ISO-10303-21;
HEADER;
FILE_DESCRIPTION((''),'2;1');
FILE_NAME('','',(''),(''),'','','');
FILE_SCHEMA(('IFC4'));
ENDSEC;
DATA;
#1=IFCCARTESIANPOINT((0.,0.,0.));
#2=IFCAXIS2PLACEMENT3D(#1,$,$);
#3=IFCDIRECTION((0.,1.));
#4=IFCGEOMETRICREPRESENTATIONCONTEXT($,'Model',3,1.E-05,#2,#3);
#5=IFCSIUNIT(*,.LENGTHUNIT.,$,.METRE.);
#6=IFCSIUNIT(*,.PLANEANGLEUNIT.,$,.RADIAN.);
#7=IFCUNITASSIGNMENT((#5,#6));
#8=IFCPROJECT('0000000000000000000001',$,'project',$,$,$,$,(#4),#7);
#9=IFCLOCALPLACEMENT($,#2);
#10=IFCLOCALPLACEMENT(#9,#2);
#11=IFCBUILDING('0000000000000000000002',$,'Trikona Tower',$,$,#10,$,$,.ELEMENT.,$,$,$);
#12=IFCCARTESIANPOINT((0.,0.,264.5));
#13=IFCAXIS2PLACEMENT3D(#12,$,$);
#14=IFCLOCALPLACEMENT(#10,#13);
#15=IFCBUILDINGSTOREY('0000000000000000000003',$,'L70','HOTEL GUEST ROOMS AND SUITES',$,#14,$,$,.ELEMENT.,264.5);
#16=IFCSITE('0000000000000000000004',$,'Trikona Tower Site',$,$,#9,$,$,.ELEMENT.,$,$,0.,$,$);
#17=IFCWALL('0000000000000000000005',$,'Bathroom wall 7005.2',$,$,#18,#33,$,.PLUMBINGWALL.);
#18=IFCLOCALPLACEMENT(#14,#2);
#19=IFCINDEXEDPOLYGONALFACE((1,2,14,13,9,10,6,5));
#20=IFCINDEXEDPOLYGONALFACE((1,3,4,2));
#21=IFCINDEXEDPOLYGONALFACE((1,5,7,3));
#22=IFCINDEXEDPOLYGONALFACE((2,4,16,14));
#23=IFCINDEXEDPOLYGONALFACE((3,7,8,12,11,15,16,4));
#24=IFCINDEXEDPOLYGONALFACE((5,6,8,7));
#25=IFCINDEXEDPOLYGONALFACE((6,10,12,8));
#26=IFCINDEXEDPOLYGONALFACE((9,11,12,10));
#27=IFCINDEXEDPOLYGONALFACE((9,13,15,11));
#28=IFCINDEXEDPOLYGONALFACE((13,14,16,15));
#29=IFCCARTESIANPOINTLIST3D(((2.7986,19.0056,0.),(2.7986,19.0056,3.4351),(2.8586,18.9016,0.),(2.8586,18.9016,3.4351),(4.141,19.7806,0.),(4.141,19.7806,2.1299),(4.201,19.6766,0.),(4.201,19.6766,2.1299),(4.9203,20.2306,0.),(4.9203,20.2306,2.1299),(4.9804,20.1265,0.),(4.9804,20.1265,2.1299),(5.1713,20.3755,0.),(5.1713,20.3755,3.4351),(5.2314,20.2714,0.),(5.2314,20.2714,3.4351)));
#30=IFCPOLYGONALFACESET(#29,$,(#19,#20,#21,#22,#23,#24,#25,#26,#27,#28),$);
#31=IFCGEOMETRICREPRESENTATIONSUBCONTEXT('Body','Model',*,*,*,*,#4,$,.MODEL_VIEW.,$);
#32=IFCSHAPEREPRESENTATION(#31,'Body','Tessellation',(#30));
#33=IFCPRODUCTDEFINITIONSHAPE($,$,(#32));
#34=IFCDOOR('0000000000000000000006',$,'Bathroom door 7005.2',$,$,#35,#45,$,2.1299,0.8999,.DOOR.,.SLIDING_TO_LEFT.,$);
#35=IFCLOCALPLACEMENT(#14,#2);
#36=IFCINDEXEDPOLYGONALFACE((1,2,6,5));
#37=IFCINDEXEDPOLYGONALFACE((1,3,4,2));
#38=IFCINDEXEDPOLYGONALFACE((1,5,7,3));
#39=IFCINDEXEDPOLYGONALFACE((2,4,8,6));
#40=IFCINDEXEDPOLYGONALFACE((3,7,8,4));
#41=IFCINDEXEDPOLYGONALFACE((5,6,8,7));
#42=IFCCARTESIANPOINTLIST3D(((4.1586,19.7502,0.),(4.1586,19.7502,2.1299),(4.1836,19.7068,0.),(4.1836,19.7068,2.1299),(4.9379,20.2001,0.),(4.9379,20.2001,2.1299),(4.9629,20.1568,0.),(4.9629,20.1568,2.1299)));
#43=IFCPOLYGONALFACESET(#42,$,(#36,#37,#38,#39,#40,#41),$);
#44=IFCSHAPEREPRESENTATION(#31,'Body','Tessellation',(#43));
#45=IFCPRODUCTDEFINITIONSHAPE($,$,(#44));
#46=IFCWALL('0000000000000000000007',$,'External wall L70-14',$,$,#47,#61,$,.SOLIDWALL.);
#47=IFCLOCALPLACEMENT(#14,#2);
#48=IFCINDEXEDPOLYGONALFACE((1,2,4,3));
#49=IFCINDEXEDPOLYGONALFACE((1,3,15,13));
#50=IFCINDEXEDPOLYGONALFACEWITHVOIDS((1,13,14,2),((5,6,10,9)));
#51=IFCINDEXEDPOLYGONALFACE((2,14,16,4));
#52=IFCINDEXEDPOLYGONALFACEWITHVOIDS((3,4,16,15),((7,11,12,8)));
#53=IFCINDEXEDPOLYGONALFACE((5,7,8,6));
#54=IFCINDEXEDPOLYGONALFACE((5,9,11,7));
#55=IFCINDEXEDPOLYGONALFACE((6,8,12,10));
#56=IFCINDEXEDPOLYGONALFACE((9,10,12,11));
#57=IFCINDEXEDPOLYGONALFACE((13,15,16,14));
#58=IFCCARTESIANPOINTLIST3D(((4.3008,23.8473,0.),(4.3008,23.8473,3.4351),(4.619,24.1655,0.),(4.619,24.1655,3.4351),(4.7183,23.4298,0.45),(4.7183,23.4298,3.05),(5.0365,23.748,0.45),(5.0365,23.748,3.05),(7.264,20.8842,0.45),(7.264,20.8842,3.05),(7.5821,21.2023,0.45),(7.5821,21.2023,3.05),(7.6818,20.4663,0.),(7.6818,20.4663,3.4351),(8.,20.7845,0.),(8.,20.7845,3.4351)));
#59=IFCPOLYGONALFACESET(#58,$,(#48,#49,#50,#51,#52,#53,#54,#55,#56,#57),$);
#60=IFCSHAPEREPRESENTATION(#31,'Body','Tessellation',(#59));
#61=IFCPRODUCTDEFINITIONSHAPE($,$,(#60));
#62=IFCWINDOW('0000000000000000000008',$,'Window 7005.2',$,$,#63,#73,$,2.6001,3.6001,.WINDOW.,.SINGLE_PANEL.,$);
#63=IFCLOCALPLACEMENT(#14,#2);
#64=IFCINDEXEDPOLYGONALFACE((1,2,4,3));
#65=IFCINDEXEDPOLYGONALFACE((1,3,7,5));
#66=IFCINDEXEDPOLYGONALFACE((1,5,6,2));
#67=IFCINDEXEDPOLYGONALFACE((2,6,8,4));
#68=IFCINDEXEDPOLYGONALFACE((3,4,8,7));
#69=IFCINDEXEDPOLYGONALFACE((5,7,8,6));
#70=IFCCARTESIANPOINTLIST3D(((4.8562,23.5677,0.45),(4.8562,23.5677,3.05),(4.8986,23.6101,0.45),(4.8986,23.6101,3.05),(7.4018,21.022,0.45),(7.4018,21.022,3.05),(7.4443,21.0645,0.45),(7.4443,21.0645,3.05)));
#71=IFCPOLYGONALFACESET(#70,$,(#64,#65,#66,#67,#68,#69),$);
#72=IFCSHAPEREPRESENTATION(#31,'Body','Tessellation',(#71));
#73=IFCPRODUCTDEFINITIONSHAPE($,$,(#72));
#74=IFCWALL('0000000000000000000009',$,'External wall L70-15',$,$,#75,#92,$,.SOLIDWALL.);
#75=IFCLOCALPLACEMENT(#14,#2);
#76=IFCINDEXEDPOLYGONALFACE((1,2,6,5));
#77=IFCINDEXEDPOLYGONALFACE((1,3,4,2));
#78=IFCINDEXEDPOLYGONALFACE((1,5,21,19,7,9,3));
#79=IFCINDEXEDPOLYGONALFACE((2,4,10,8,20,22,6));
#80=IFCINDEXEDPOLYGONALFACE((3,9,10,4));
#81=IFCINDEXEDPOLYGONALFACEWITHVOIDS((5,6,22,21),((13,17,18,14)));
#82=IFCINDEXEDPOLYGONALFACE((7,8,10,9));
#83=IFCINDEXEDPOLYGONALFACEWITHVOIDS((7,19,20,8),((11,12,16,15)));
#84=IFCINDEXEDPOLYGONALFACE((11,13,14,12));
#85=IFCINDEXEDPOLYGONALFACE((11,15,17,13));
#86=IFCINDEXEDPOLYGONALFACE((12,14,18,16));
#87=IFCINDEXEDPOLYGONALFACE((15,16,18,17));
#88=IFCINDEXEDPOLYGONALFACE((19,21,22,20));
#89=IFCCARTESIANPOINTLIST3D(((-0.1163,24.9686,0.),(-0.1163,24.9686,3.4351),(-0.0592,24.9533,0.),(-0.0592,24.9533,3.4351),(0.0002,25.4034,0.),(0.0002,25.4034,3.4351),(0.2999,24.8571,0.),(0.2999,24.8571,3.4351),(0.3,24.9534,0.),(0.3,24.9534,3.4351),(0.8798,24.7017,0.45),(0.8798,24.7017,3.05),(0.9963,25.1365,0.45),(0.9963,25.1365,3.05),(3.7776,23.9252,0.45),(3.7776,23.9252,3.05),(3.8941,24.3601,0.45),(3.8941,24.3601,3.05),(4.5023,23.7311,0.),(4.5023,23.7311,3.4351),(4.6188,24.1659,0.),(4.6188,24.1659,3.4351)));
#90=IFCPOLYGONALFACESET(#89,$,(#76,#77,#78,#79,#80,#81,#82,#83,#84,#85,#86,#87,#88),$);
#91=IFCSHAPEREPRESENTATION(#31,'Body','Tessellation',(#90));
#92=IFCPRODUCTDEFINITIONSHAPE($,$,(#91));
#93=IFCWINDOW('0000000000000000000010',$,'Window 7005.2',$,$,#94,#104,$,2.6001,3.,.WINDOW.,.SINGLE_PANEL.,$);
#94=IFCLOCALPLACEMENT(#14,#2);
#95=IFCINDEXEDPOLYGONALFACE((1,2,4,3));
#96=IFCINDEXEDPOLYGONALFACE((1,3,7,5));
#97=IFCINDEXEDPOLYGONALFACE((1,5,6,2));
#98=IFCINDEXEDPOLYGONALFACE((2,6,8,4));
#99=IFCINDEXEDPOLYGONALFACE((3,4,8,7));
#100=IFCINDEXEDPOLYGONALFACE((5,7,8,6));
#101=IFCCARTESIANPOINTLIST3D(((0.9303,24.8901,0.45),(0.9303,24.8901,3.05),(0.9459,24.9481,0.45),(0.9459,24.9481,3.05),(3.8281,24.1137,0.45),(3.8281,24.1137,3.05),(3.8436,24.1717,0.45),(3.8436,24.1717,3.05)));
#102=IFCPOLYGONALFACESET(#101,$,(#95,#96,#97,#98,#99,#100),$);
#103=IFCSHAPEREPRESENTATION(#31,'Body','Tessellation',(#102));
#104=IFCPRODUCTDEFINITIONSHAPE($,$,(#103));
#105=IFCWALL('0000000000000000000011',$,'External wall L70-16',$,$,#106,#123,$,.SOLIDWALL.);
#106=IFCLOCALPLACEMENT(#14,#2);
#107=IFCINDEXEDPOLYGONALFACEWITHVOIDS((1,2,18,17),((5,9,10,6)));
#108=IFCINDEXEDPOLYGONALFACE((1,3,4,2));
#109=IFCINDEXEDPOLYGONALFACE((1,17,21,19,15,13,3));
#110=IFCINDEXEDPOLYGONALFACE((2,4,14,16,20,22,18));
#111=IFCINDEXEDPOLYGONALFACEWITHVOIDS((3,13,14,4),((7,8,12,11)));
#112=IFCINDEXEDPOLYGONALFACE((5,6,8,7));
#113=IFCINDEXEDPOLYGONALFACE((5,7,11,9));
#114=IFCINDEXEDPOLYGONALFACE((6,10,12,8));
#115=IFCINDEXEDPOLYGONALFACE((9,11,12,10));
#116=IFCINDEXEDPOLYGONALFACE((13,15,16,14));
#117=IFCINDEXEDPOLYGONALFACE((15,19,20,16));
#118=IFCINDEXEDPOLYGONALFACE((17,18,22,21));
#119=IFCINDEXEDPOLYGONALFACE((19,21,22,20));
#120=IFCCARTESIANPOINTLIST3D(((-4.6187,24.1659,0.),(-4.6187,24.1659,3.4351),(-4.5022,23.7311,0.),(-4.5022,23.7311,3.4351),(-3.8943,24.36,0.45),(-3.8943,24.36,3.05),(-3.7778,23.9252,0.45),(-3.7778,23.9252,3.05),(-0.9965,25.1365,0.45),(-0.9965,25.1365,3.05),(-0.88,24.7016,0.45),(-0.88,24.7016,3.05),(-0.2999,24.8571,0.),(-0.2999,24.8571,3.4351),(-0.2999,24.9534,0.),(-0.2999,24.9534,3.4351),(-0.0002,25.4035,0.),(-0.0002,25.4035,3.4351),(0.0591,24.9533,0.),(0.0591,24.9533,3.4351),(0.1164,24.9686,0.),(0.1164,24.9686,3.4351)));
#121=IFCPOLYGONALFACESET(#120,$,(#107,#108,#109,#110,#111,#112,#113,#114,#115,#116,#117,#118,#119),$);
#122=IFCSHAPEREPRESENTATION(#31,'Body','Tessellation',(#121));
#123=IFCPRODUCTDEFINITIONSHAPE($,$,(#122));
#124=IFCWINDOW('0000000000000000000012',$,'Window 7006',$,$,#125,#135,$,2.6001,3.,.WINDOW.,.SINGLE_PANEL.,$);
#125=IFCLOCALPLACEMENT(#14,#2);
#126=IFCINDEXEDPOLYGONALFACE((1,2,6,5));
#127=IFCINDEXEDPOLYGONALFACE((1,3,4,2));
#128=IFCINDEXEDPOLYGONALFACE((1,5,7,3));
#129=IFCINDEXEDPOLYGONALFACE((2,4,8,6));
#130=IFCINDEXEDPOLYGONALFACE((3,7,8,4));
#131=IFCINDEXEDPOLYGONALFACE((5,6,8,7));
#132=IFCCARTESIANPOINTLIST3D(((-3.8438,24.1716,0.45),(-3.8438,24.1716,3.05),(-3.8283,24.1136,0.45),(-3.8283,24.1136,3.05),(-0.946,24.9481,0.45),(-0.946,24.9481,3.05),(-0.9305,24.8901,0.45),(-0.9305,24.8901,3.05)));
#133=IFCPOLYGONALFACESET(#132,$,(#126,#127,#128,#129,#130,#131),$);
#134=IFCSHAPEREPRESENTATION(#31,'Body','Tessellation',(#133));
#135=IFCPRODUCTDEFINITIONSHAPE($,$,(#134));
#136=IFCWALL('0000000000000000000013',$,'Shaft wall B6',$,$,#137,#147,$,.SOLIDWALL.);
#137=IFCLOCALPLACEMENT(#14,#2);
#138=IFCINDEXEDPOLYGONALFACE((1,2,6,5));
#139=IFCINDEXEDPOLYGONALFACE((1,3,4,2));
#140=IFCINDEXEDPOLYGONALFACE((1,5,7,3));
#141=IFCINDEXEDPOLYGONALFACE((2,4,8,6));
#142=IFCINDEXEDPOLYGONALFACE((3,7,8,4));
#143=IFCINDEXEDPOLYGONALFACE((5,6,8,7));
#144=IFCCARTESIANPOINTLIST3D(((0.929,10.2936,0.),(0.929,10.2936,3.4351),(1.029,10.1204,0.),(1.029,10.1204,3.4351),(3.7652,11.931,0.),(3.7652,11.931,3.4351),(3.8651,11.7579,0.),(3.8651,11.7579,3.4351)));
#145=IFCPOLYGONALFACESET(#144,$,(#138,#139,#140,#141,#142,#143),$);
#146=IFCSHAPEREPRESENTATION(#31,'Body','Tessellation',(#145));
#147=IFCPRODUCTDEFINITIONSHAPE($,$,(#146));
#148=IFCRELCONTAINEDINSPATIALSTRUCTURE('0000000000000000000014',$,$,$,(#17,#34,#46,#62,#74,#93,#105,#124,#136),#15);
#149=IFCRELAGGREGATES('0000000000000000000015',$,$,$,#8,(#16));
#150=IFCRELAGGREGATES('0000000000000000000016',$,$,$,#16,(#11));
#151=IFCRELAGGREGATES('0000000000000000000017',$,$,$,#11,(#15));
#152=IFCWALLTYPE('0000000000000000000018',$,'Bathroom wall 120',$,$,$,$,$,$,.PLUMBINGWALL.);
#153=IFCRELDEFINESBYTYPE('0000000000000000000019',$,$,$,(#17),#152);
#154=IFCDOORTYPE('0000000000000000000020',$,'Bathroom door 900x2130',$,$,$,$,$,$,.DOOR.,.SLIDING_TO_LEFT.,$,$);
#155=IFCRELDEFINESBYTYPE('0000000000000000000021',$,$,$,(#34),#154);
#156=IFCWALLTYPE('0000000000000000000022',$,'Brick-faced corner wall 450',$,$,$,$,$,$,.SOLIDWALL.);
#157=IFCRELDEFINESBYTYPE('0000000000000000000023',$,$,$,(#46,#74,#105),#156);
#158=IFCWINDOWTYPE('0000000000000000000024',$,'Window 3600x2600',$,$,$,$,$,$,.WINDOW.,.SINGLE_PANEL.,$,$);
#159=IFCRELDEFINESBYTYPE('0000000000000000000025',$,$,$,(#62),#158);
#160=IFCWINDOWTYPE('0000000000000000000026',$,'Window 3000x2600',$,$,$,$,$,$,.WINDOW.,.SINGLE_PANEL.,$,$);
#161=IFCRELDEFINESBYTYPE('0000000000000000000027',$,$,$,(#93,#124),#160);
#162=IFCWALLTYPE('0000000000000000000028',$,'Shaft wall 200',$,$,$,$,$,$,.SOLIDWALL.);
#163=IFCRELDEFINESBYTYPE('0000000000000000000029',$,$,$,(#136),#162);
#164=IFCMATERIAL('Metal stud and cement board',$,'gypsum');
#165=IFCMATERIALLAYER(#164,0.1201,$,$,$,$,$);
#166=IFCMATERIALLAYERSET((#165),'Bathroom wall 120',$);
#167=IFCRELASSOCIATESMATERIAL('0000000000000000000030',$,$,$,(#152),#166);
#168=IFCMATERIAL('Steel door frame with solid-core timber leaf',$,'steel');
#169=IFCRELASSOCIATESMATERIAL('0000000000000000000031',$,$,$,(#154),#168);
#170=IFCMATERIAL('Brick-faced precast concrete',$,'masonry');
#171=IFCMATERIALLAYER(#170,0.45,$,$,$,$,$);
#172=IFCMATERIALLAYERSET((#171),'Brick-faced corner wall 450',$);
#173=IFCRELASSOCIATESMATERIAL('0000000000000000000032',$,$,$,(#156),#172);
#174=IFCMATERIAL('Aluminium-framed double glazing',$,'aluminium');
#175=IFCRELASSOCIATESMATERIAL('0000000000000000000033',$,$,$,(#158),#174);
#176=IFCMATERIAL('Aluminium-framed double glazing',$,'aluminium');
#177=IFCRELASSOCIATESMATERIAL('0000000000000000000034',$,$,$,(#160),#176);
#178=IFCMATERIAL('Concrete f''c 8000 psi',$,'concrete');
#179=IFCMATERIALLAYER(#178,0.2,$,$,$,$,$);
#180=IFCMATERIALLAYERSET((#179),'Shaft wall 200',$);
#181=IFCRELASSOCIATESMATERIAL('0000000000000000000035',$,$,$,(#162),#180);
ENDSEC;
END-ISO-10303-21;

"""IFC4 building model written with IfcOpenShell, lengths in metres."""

from ifc_helpers import new_model, si_unit, direction, frame, frame_2d, origin, place, context, subcontext, project, spatial, polyline, rectangle, outline, extrude, material, layer, layer_set, type_object, element, fill, save


model = new_model("IFC4")

# Units and contexts
model_context = context("Model", 3, precision=1e-05, world=origin(), true_north=direction((0.0, 1.0)))
body_context = subcontext(model_context, "Body", "Model", "MODEL_VIEW")
ifc_project = project(units=[si_unit("LENGTHUNIT", "METRE"), si_unit("PLANEANGLEUNIT", "RADIAN")], contexts=[model_context])

# Site, building, storey
site_placement = place(None, origin())
site = spatial("IfcSite", under=ifc_project, at=site_placement, Name="Trikona Tower Site", CompositionType="ELEMENT", RefElevation=0.0)
building_placement = place(site_placement, origin())
building = spatial("IfcBuilding", under=site, at=building_placement, Name="Trikona Tower", CompositionType="ELEMENT")
storey_placement = place(building_placement, frame((0.0, 0.0, 264.5)))
storey = spatial("IfcBuildingStorey", under=building, at=storey_placement, Name="L70", Description="HOTEL GUEST ROOMS AND SUITES", CompositionType="ELEMENT", Elevation=264.5)

# Shared definitions
ifc_material_1 = material(Name="Metal stud and cement board", Category="gypsum")
ifc_layer_1 = layer(ifc_material_1, 0.1201)
ifc_layer_set_1 = layer_set([ifc_layer_1], Name="Bathroom wall 120")
wall_type_1 = type_object("IfcWallType", Name="Bathroom wall 120", PredefinedType="PLUMBINGWALL", material=ifc_layer_set_1)

# Wall, opening, door
wall_1_placement = place(storey_placement, frame((2.8286, 18.9536, 0.0), z_axis=(0.0, 0.0, 1.0), x_axis=(0.866036, 0.499982, 0.0)))
wall_1 = element("IfcWall", 1, at=wall_1_placement, inside=storey, type_object=wall_type_1, Name="Bathroom wall 7005.2", PredefinedType="PLUMBINGWALL", context=body_context, shape_type="SweptSolid", body=[
    extrude(rectangle(XDim=2.7397, YDim=0.1201, at=frame_2d((1.3699, 0.0))), origin(), (0.0, 0.0, 1.0), 3.4351),
])
opening_1_placement = place(wall_1_placement, frame((1.55, 0.0, 0.0)))
opening_1 = element("IfcOpeningElement", 2, at=opening_1_placement, cuts=wall_1, PredefinedType="OPENING", context=body_context, shape_type="SweptSolid", body=[
    extrude(rectangle(XDim=0.8999, YDim=2.1299, at=frame_2d((0.45, 1.0649))), frame((0.0, 0.0701, 0.0), z_axis=(0.0, -1.0, 0.0), x_axis=(1.0, 0.0, 0.0)), (0.0, 0.0, 1.0), 0.1401),
])
ifc_material_2 = material(Name="Steel door frame with solid-core timber leaf", Category="steel")
door_type_1 = type_object("IfcDoorType", Name="Bathroom door 900x2130", OperationType="SLIDING_TO_LEFT", PredefinedType="DOOR", material=ifc_material_2)
door_1_placement = place(opening_1_placement, origin())
door_1 = element("IfcDoor", 3, at=door_1_placement, inside=storey, type_object=door_type_1, Name="Bathroom door 7005.2", OperationType="SLIDING_TO_LEFT", OverallHeight=2.1299, OverallWidth=0.8999, PredefinedType="DOOR", context=body_context, shape_type="SweptSolid", body=[
    extrude(rectangle(XDim=0.8999, YDim=2.1299, at=frame_2d((0.45, 1.0649))), frame((0.0, 0.0249, 0.0), z_axis=(0.0, -1.0, 0.0), x_axis=(1.0, 0.0, 0.0)), (0.0, 0.0, 1.0), 0.05),
])
fill(opening_1, door_1)

# Walls, openings, windows
ifc_material_3 = material(Name="Brick-faced precast concrete", Category="masonry")
ifc_layer_2 = layer(ifc_material_3, 0.45)
ifc_layer_set_2 = layer_set([ifc_layer_2], Name="Brick-faced corner wall 450")
wall_type_2 = type_object("IfcWallType", Name="Brick-faced corner wall 450", PredefinedType="SOLIDWALL", material=ifc_layer_set_2)
wall_2_placement = place(storey_placement, frame((7.8408, 20.6255, 0.0), z_axis=(0.0, 0.0, 1.0), x_axis=(-0.707107, 0.707107, 0.0)))
wall_2 = element("IfcWall", 4, at=wall_2_placement, inside=storey, type_object=wall_type_2, Name="External wall L70-14", PredefinedType="SOLIDWALL", context=body_context, shape_type="SweptSolid", body=[
    extrude(rectangle(XDim=4.7815, YDim=0.45, at=frame_2d((2.3906, 0.0))), origin(), (0.0, 0.0, 1.0), 3.4351),
])
opening_2_placement = place(wall_2_placement, frame((0.5908, 0.0, 0.45)))
opening_2 = element("IfcOpeningElement", 5, at=opening_2_placement, cuts=wall_2, PredefinedType="OPENING", context=body_context, shape_type="SweptSolid", body=[
    extrude(rectangle(XDim=3.6001, YDim=2.6001, at=frame_2d((1.8, 1.3))), frame((0.0, 0.2349, 0.0), z_axis=(0.0, -1.0, 0.0), x_axis=(1.0, 0.0, 0.0)), (0.0, 0.0, 1.0), 0.47),
])
ifc_material_4 = material(Name="Aluminium-framed double glazing", Category="aluminium")
window_type_1 = type_object("IfcWindowType", Name="Window 3600x2600", PartitioningType="SINGLE_PANEL", PredefinedType="WINDOW", material=ifc_material_4)
window_1_placement = place(opening_2_placement, origin())
window_1 = element("IfcWindow", 6, at=window_1_placement, inside=storey, type_object=window_type_1, Name="Window 7005.2", OverallHeight=2.6001, OverallWidth=3.6001, PartitioningType="SINGLE_PANEL", PredefinedType="WINDOW", context=body_context, shape_type="SweptSolid", body=[
    extrude(rectangle(XDim=3.6001, YDim=2.6001, at=frame_2d((1.8, 1.3))), frame((0.0, 0.03, 0.0), z_axis=(0.0, -1.0, 0.0), x_axis=(1.0, 0.0, 0.0)), (0.0, 0.0, 1.0), 0.0601),
])
fill(opening_2, window_1)
wall_3_placement = place(storey_placement, frame((4.5605, 23.9485, 0.0), z_axis=(0.0, 0.0, 1.0), x_axis=(-0.965927, 0.258816, 0.0)))
wall_3 = element("IfcWall", 7, at=wall_3_placement, inside=storey, type_object=wall_type_2, Name="External wall L70-15", PredefinedType="SOLIDWALL", context=body_context, shape_type="SweptSolid", body=[
    extrude(outline(polyline([(4.7815, 0.2251), (4.7224, 0.2251), (4.3755, 0.1321), (4.3506, 0.2251), (0.0, 0.2251), (0.0, -0.2251), (4.7815, -0.2251), (4.7815, 0.2251)])), origin(), (0.0, 0.0, 1.0), 3.4351),
])
opening_3_placement = place(wall_3_placement, frame((0.7502, 0.0, 0.45)))
opening_3 = element("IfcOpeningElement", 8, at=opening_3_placement, cuts=wall_3, PredefinedType="OPENING", context=body_context, shape_type="SweptSolid", body=[
    extrude(rectangle(XDim=3.0, YDim=2.6001, at=frame_2d((1.5, 1.3))), frame((0.0, 0.2349, 0.0), z_axis=(0.0, -1.0, 0.0), x_axis=(1.0, 0.0, 0.0)), (0.0, 0.0, 1.0), 0.47),
])
ifc_material_5 = material(Name="Aluminium-framed double glazing", Category="aluminium")
window_type_2 = type_object("IfcWindowType", Name="Window 3000x2600", PartitioningType="SINGLE_PANEL", PredefinedType="WINDOW", material=ifc_material_5)
window_2_placement = place(opening_3_placement, origin())
window_2 = element("IfcWindow", 9, at=window_2_placement, inside=storey, type_object=window_type_2, Name="Window 7005.2", OverallHeight=2.6001, OverallWidth=3.0, PartitioningType="SINGLE_PANEL", PredefinedType="WINDOW", context=body_context, shape_type="SweptSolid", body=[
    extrude(rectangle(XDim=3.0, YDim=2.6001, at=frame_2d((1.5, 1.3))), frame((0.0, 0.03, 0.0), z_axis=(0.0, -1.0, 0.0), x_axis=(1.0, 0.0, 0.0)), (0.0, 0.0, 1.0), 0.0601),
])
fill(opening_3, window_2)
wall_4_placement = place(storey_placement, frame((0.0581, 25.186, 0.0), z_axis=(0.0, 0.0, 1.0), x_axis=(-0.965927, -0.258816, 0.0)))
wall_4 = element("IfcWall", 10, at=wall_4_placement, inside=storey, type_object=wall_type_2, Name="External wall L70-16", PredefinedType="SOLIDWALL", context=body_context, shape_type="SweptSolid", body=[
    extrude(outline(polyline([(4.7815, 0.2251), (0.4309, 0.2251), (0.406, 0.1321), (0.0593, 0.2251), (0.0, 0.2251), (0.0, -0.2251), (4.7815, -0.2251), (4.7815, 0.2251)])), origin(), (0.0, 0.0, 1.0), 3.4351),
])
opening_4_placement = place(wall_4_placement, frame((1.0315, 0.0, 0.45)))
opening_4 = element("IfcOpeningElement", 11, at=opening_4_placement, cuts=wall_4, PredefinedType="OPENING", context=body_context, shape_type="SweptSolid", body=[
    extrude(rectangle(XDim=3.0, YDim=2.6001, at=frame_2d((1.5, 1.3))), frame((0.0, 0.2349, 0.0), z_axis=(0.0, -1.0, 0.0), x_axis=(1.0, 0.0, 0.0)), (0.0, 0.0, 1.0), 0.47),
])
window_3_placement = place(opening_4_placement, origin())
window_3 = element("IfcWindow", 12, at=window_3_placement, inside=storey, type_object=window_type_2, Name="Window 7006", OverallHeight=2.6001, OverallWidth=3.0, PartitioningType="SINGLE_PANEL", PredefinedType="WINDOW", context=body_context, shape_type="SweptSolid", body=[
    extrude(rectangle(XDim=3.0, YDim=2.6001, at=frame_2d((1.5, 1.3))), frame((0.0, 0.03, 0.0), z_axis=(0.0, -1.0, 0.0), x_axis=(1.0, 0.0, 0.0)), (0.0, 0.0, 1.0), 0.0601),
])
fill(opening_4, window_3)

# Wall
ifc_material_6 = material(Name="Concrete f'c 8000 psi", Category="concrete")
ifc_layer_3 = layer(ifc_material_6, 0.2)
ifc_layer_set_3 = layer_set([ifc_layer_3], Name="Shaft wall 200")
wall_type_3 = type_object("IfcWallType", Name="Shaft wall 200", PredefinedType="SOLIDWALL", material=ifc_layer_set_3)
wall_5_placement = place(storey_placement, frame((0.979, 10.207, 0.0), z_axis=(0.0, 0.0, 1.0), x_axis=(0.866028, 0.499996, 0.0)))
element("IfcWall", 13, at=wall_5_placement, inside=storey, type_object=wall_type_3, Name="Shaft wall B6", PredefinedType="SOLIDWALL", context=body_context, shape_type="SweptSolid", body=[
    extrude(rectangle(XDim=3.2749, YDim=0.2, at=frame_2d((1.6375, 0.0))), origin(), (0.0, 0.0, 1.0), 3.4351),
])

save(model, "model.ifc")
